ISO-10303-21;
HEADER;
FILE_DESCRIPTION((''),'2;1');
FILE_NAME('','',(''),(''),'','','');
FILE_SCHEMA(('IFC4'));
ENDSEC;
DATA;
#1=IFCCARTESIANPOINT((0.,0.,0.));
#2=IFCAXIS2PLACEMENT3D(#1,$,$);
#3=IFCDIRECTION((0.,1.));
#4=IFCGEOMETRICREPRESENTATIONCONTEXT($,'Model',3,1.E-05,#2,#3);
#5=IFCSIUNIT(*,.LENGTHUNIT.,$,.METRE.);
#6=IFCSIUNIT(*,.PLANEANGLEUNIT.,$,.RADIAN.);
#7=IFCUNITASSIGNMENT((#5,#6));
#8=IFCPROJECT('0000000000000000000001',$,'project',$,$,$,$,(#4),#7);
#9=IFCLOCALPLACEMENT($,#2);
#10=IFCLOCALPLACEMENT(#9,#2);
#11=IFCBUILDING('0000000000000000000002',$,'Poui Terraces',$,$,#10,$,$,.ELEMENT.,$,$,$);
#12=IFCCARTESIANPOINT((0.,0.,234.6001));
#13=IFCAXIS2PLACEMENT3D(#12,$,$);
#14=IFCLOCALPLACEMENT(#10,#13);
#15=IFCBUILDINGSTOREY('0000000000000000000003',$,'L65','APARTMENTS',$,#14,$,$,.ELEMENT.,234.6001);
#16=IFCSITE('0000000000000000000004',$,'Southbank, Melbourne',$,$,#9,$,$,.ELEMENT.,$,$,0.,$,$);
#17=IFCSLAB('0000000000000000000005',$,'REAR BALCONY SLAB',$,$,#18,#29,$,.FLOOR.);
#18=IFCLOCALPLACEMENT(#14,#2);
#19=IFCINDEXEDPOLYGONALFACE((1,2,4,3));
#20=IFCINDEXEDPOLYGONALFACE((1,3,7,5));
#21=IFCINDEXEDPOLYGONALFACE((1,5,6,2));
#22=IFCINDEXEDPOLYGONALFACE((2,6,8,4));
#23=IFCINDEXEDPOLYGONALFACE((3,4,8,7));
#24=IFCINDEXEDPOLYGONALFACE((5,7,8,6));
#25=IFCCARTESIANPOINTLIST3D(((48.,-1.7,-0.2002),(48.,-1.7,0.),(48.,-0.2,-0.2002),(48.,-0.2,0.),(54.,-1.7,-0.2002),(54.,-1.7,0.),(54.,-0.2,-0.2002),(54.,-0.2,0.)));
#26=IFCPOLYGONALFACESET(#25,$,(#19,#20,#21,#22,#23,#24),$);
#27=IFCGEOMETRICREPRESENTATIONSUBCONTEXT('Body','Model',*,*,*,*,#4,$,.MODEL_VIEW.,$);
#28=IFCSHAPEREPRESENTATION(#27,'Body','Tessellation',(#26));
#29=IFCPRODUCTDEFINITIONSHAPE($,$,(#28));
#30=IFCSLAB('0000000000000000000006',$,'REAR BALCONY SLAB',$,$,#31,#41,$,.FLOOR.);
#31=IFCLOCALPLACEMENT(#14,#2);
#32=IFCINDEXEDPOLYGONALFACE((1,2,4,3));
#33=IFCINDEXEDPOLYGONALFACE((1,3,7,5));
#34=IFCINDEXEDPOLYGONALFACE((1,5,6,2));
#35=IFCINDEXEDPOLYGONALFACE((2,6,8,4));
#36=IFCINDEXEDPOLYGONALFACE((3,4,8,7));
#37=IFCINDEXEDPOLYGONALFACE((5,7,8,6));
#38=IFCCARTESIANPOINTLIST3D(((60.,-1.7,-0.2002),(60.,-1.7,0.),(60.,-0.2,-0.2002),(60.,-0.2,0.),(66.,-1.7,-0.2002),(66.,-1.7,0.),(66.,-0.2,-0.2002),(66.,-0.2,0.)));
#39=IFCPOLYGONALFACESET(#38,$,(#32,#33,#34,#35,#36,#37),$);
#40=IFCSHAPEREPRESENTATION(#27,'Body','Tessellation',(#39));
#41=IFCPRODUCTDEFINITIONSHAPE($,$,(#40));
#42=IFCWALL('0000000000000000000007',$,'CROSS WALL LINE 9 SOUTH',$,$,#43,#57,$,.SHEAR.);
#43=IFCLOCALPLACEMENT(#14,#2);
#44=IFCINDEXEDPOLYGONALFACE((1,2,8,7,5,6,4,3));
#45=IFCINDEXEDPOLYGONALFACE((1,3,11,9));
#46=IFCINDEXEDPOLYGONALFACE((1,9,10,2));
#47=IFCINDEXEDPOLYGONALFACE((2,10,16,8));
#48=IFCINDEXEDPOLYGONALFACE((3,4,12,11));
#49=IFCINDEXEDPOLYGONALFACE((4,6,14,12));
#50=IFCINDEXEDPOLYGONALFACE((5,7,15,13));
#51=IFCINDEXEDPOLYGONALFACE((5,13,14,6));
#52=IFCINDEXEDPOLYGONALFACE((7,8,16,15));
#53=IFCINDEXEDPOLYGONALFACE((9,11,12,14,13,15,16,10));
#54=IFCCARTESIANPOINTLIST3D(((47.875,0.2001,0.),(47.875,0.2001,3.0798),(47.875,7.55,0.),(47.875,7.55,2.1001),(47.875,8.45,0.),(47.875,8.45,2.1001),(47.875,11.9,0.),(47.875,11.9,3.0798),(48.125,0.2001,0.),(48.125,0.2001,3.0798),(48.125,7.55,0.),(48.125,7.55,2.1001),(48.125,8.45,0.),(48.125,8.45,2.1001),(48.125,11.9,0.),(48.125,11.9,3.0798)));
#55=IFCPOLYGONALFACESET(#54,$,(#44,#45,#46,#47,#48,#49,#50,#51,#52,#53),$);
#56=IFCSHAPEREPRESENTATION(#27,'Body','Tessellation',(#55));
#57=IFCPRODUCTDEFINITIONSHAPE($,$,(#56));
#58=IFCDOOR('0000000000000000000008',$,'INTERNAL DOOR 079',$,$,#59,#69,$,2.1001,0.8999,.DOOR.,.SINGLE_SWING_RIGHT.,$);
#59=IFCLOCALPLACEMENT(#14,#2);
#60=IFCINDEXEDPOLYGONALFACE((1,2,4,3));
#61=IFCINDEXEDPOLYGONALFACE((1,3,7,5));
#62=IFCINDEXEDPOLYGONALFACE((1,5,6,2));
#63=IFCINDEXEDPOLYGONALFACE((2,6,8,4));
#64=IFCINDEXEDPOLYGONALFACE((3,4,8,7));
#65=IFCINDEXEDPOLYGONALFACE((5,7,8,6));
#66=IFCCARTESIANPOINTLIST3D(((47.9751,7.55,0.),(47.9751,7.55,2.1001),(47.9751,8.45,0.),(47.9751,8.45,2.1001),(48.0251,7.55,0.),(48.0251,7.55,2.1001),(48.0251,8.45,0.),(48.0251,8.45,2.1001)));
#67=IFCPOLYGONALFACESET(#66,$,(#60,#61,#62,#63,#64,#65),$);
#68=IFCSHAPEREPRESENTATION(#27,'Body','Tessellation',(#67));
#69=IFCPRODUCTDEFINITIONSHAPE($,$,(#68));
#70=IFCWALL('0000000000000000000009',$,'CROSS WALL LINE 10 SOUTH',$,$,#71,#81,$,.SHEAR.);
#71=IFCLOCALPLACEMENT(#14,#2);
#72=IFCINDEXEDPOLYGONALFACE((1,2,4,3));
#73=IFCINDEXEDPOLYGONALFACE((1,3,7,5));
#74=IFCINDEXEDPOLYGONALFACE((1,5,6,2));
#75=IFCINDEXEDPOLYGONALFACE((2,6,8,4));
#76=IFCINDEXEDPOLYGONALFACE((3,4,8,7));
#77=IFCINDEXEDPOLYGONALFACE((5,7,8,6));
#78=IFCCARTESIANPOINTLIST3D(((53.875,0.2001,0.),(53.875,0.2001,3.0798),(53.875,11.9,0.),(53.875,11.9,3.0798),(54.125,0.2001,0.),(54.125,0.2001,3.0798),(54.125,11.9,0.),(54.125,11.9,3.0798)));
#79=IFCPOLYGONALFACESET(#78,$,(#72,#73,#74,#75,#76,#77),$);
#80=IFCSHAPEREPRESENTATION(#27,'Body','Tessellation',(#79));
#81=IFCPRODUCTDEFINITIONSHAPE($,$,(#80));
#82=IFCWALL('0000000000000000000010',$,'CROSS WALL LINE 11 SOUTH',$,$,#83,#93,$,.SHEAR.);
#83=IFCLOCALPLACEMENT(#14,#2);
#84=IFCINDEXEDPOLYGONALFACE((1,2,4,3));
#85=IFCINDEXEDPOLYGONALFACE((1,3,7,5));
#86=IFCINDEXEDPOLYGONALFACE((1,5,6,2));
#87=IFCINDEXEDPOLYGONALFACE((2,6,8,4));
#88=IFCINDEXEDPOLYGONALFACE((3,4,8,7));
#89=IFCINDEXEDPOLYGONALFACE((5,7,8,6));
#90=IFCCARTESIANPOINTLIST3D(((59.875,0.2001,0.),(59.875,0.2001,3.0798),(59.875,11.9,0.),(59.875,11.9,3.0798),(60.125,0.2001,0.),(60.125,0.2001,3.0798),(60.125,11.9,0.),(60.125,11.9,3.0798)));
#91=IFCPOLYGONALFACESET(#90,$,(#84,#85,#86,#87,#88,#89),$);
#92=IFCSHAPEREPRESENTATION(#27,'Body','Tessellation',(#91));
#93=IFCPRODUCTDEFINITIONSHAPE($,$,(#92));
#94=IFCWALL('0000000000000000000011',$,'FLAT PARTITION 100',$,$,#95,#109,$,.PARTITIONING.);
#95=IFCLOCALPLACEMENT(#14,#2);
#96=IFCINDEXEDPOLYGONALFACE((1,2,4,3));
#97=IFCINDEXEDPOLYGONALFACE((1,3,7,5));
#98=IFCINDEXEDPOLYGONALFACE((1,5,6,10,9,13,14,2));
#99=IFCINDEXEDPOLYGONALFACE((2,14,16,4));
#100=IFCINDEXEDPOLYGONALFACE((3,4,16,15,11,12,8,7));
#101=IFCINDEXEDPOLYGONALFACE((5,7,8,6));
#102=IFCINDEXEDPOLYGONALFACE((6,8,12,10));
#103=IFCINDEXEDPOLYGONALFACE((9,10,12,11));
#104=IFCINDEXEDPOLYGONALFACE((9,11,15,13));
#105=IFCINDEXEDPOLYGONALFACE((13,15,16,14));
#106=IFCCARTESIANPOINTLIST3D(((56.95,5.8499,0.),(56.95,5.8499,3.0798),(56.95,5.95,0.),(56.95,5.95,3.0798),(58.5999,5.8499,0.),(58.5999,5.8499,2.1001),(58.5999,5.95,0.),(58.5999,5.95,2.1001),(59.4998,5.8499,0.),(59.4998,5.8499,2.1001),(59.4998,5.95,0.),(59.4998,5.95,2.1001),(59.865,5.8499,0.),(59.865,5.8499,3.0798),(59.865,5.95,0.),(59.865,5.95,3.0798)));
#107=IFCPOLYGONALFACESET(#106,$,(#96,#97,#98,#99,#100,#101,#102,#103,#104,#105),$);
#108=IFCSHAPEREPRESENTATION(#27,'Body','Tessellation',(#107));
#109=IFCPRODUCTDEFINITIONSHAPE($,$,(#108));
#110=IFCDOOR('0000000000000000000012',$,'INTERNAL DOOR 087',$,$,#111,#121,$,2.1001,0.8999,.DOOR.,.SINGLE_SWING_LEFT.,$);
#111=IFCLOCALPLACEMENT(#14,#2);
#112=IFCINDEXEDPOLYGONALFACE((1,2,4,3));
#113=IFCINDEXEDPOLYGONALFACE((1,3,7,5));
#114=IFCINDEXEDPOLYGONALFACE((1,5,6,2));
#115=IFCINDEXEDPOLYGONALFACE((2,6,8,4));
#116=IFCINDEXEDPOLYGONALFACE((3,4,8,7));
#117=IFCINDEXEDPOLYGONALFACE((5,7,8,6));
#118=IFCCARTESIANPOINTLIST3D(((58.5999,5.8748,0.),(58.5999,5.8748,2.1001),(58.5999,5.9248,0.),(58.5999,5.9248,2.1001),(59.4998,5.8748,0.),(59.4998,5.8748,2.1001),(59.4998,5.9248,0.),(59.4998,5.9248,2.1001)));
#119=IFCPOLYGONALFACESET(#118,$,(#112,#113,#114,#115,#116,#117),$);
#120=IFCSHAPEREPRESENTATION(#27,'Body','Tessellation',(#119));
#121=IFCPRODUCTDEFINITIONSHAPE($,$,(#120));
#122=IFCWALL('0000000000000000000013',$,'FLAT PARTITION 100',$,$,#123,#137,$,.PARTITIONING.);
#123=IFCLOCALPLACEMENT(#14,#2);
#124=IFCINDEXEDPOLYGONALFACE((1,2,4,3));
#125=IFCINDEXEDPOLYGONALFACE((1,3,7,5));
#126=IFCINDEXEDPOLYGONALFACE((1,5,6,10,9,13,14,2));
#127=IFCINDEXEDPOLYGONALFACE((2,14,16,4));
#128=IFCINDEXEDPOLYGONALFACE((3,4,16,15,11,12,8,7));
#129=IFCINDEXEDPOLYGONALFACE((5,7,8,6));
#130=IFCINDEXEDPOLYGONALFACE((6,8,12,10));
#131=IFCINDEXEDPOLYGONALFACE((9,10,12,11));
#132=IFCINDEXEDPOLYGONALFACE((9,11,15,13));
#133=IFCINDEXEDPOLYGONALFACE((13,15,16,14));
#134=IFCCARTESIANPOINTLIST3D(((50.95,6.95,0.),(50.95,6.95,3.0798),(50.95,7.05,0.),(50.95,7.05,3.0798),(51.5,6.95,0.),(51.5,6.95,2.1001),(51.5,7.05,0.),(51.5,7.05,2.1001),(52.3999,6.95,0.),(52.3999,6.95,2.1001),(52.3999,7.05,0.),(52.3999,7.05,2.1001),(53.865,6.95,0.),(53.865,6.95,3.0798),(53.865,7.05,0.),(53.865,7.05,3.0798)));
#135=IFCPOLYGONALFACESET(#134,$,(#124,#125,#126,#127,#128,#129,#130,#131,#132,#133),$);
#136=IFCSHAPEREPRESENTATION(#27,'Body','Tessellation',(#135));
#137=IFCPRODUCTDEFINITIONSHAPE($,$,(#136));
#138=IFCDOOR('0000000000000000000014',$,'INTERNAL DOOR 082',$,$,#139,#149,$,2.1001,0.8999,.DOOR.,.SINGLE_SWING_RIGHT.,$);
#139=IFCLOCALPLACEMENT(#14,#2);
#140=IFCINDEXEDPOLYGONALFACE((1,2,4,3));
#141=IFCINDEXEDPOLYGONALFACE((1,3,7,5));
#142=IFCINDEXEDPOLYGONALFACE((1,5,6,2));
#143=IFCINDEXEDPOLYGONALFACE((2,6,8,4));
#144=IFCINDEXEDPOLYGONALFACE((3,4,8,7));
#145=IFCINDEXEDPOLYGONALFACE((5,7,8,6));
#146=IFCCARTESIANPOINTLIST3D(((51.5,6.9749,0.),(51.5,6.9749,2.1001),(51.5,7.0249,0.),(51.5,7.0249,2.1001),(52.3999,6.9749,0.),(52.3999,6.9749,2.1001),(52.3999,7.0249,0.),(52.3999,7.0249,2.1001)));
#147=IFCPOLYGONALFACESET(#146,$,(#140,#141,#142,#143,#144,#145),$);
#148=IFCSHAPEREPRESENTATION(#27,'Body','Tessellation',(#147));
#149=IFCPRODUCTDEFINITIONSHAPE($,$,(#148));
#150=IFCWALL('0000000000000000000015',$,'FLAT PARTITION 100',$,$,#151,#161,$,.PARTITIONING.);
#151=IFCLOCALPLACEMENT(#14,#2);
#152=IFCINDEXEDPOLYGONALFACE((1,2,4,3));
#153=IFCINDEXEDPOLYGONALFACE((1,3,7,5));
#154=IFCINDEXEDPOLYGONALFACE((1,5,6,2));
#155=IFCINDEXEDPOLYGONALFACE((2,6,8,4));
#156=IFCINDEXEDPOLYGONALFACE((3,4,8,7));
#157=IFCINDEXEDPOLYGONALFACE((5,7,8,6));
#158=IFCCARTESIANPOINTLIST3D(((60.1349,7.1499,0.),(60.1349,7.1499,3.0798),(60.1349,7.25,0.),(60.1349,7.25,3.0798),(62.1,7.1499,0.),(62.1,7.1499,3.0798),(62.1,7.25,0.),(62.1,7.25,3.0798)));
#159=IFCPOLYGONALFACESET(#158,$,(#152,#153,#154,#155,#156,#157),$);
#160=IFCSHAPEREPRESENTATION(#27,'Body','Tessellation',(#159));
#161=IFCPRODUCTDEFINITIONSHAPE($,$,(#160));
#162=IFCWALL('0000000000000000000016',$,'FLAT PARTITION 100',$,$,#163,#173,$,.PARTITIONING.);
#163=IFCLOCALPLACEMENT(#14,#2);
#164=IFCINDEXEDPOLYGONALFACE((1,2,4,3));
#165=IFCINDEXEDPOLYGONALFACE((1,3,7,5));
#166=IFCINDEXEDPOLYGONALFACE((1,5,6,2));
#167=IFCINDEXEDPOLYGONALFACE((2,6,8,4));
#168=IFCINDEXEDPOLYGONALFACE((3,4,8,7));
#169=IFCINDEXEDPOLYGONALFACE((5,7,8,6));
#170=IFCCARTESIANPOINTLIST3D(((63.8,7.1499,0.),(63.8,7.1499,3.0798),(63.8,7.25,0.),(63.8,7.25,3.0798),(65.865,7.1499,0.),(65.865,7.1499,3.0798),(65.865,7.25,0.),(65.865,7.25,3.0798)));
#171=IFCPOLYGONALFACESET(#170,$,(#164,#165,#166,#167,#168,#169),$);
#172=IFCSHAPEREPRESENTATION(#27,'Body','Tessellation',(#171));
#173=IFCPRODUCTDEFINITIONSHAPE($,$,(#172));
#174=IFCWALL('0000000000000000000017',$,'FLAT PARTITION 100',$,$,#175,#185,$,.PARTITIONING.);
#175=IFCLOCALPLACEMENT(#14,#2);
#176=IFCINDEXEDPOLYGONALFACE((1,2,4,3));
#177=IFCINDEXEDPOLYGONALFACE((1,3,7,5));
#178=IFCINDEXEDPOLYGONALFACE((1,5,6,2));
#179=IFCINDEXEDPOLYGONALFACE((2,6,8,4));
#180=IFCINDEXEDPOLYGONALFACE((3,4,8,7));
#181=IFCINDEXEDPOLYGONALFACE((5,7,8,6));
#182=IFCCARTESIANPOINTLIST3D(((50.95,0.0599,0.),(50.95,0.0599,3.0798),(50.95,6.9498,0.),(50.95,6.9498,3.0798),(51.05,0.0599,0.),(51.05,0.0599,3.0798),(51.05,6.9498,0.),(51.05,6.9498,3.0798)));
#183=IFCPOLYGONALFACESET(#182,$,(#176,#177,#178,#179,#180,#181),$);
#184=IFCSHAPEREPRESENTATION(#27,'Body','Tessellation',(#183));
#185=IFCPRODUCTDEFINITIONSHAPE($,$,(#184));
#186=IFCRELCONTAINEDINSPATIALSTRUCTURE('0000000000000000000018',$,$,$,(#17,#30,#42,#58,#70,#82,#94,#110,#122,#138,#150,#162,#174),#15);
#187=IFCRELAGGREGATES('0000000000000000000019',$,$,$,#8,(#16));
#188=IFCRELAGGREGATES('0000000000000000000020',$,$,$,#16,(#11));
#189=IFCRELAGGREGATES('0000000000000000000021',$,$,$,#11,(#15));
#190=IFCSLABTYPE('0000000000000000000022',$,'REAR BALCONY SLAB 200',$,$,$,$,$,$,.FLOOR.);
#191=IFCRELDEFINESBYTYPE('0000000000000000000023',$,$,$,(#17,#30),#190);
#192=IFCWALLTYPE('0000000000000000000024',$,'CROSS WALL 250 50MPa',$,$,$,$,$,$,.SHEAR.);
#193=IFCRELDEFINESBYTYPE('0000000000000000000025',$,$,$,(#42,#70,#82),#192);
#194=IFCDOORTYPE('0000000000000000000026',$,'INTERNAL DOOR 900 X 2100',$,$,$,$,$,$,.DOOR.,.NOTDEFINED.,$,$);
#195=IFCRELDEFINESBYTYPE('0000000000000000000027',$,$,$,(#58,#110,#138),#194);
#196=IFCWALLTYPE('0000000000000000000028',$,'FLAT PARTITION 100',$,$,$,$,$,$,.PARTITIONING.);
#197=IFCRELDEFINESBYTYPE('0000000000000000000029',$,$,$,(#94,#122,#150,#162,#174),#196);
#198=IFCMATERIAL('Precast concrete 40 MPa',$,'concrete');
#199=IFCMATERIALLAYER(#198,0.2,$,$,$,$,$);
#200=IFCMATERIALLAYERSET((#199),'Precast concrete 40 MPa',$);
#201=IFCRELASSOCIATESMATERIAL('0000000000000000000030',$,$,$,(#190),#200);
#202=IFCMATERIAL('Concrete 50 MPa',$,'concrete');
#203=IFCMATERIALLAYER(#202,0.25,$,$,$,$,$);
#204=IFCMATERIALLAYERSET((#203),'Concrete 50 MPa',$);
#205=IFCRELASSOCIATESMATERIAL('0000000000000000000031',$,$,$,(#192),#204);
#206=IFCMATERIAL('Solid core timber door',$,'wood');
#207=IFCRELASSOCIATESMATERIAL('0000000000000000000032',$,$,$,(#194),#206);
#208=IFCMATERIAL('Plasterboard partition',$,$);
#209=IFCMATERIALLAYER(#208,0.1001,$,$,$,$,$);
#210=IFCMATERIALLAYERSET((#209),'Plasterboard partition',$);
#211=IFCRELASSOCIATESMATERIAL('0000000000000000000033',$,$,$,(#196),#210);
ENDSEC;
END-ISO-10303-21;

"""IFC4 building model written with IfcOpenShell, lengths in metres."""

from ifc_helpers import new_model, si_unit, direction, frame, frame_2d, origin, place, context, subcontext, project, spatial, polyline, rectangle, outline, extrude, source, transform, mapped, material, layer, layer_set, type_object, element, fill, save


model = new_model("IFC4")

# Units and contexts
model_context = context("Model", 3, precision=1e-05, world=origin(), true_north=direction((0.0, 1.0)))
body_context = subcontext(model_context, "Body", "Model", "MODEL_VIEW")
ifc_project = project(units=[si_unit("LENGTHUNIT", "METRE"), si_unit("PLANEANGLEUNIT", "RADIAN")], contexts=[model_context])

# Site, building, storey
site_placement = place(None, origin())
site = spatial("IfcSite", under=ifc_project, at=site_placement, Name="Southbank, Melbourne", CompositionType="ELEMENT", RefElevation=0.0)
building_placement = place(site_placement, origin())
building = spatial("IfcBuilding", under=site, at=building_placement, Name="Poui Terraces", CompositionType="ELEMENT")
storey_placement = place(building_placement, frame((0.0, 0.0, 234.6001)))
storey = spatial("IfcBuildingStorey", under=building, at=storey_placement, Name="L65", Description="APARTMENTS", CompositionType="ELEMENT", Elevation=234.6001)

# Slabs
ifc_material_1 = material(Name="Precast concrete 40 MPa", Category="concrete")
ifc_layer_1 = layer(ifc_material_1, 0.2)
ifc_layer_set_1 = layer_set([ifc_layer_1], Name="Precast concrete 40 MPa")
slab_type = type_object("IfcSlabType", Name="REAR BALCONY SLAB 200", PredefinedType="FLOOR", material=ifc_layer_set_1)
shared_shape_1 = source(origin(), body_context, "Body", "SweptSolid", [
    extrude(outline(polyline([(0.0, 0.0), (6.0, 0.0), (6.0, 1.5), (0.0, 1.5), (0.0, 0.0)])), origin(), (0.0, 0.0, 1.0), 0.2002),
])
for number, where, name in (
    (1, (48.0, -1.7, -0.2002), "REAR BALCONY SLAB"),
    (2, (60.0, -1.7, -0.2002), "REAR BALCONY SLAB"),
):
    element("IfcSlab", number, at=place(storey_placement, frame(where)), inside=storey, type_object=slab_type, Name=name, PredefinedType="FLOOR", context=body_context, shape_type="MappedRepresentation", body=[
        mapped(shared_shape_1, transform((0.0, 0.0, 0.0))),
    ])

# Wall, opening, door
ifc_material_2 = material(Name="Concrete 50 MPa", Category="concrete")
ifc_layer_2 = layer(ifc_material_2, 0.25)
ifc_layer_set_2 = layer_set([ifc_layer_2], Name="Concrete 50 MPa")
wall_type_1 = type_object("IfcWallType", Name="CROSS WALL 250 50MPa", PredefinedType="SHEAR", material=ifc_layer_set_2)
wall_1_placement = place(storey_placement, frame((48.0, 0.2, 0.0), z_axis=(0.0, 0.0, 1.0), x_axis=(0.0, 1.0, 0.0)))
wall_1 = element("IfcWall", 3, at=wall_1_placement, inside=storey, type_object=wall_type_1, Name="CROSS WALL LINE 9 SOUTH", PredefinedType="SHEAR", context=body_context, shape_type="SweptSolid", body=[
    extrude(rectangle(XDim=11.7, YDim=0.25, at=frame_2d((5.8501, 0.0))), origin(), (0.0, 0.0, 1.0), 3.0798),
])
opening_1_placement = place(wall_1_placement, frame((7.3501, 0.0, 0.0)))
opening_1 = element("IfcOpeningElement", 4, at=opening_1_placement, cuts=wall_1, PredefinedType="OPENING", context=body_context, shape_type="SweptSolid", body=[
    extrude(rectangle(XDim=0.8999, YDim=2.1001, at=frame_2d((0.45, 1.05))), frame((0.0, 0.135, 0.0), z_axis=(0.0, -1.0, 0.0), x_axis=(1.0, 0.0, 0.0)), (0.0, 0.0, 1.0), 0.27),
])
ifc_material_3 = material(Name="Solid core timber door", Category="wood")
door_type_1 = type_object("IfcDoorType", Name="INTERNAL DOOR 900 X 2100", OperationType="NOTDEFINED", PredefinedType="DOOR", material=ifc_material_3)
door_1_placement = place(opening_1_placement, origin())
door_1 = element("IfcDoor", 5, at=door_1_placement, inside=storey, type_object=door_type_1, Name="INTERNAL DOOR 079", OperationType="SINGLE_SWING_RIGHT", OverallHeight=2.1001, OverallWidth=0.8999, PredefinedType="DOOR", context=body_context, shape_type="SweptSolid", body=[
    extrude(rectangle(XDim=0.8999, YDim=2.1001, at=frame_2d((0.45, 1.05))), frame((0.0, 0.0249, 0.0), z_axis=(0.0, -1.0, 0.0), x_axis=(1.0, 0.0, 0.0)), (0.0, 0.0, 1.0), 0.05),
])
fill(opening_1, door_1)

# Walls
for number, where, z_axis, x_axis, name in (
    (6, (54.0, 0.2, 0.0), (0.0, 0.0, 1.0), (0.0, 1.0, 0.0), "CROSS WALL LINE 10 SOUTH"),
    (7, (60.0, 0.2, 0.0), (0.0, 0.0, 1.0), (0.0, 1.0, 0.0), "CROSS WALL LINE 11 SOUTH"),
):
    element("IfcWall", number, at=place(storey_placement, frame(where, z_axis=z_axis, x_axis=x_axis)), inside=storey, type_object=wall_type_1, Name=name, PredefinedType="SHEAR", context=body_context, shape_type="SweptSolid", body=[
        extrude(rectangle(XDim=11.7, YDim=0.25, at=frame_2d((5.8501, 0.0))), origin(), (0.0, 0.0, 1.0), 3.0798),
    ])

# Walls, openings, doors
ifc_material_4 = material(Name="Plasterboard partition")
ifc_layer_3 = layer(ifc_material_4, 0.1001)
ifc_layer_set_3 = layer_set([ifc_layer_3], Name="Plasterboard partition")
wall_type_2 = type_object("IfcWallType", Name="FLAT PARTITION 100", PredefinedType="PARTITIONING", material=ifc_layer_set_3)
wall_2_placement = place(storey_placement, frame((56.95, 5.8999, 0.0), z_axis=(0.0, 0.0, 1.0), x_axis=(1.0, 0.0, 0.0)))
wall_2 = element("IfcWall", 8, at=wall_2_placement, inside=storey, type_object=wall_type_2, Name="FLAT PARTITION 100", PredefinedType="PARTITIONING", context=body_context, shape_type="SweptSolid", body=[
    extrude(rectangle(XDim=2.915, YDim=0.1001, at=frame_2d((1.4575, 0.0))), origin(), (0.0, 0.0, 1.0), 3.0798),
])
opening_2_placement = place(wall_2_placement, frame((1.6499, 0.0, 0.0)))
opening_2 = element("IfcOpeningElement", 9, at=opening_2_placement, cuts=wall_2, PredefinedType="OPENING", context=body_context, shape_type="SweptSolid", body=[
    extrude(rectangle(XDim=0.8999, YDim=2.1001, at=frame_2d((0.45, 1.05))), frame((0.0, 0.0601, 0.0), z_axis=(0.0, -1.0, 0.0), x_axis=(1.0, 0.0, 0.0)), (0.0, 0.0, 1.0), 0.1201),
])
door_2_placement = place(opening_2_placement, origin())
door_2 = element("IfcDoor", 10, at=door_2_placement, inside=storey, type_object=door_type_1, Name="INTERNAL DOOR 087", OperationType="SINGLE_SWING_LEFT", OverallHeight=2.1001, OverallWidth=0.8999, PredefinedType="DOOR", context=body_context, shape_type="SweptSolid", body=[
    extrude(rectangle(XDim=0.8999, YDim=2.1001, at=frame_2d((0.45, 1.05))), frame((0.0, 0.0249, 0.0), z_axis=(0.0, -1.0, 0.0), x_axis=(1.0, 0.0, 0.0)), (0.0, 0.0, 1.0), 0.05),
])
fill(opening_2, door_2)
wall_3_placement = place(storey_placement, frame((50.95, 7.0, 0.0), z_axis=(0.0, 0.0, 1.0), x_axis=(1.0, 0.0, 0.0)))
wall_3 = element("IfcWall", 11, at=wall_3_placement, inside=storey, type_object=wall_type_2, Name="FLAT PARTITION 100", PredefinedType="PARTITIONING", context=body_context, shape_type="SweptSolid", body=[
    extrude(rectangle(XDim=2.915, YDim=0.1001, at=frame_2d((1.4575, 0.0))), origin(), (0.0, 0.0, 1.0), 3.0798),
])
opening_3_placement = place(wall_3_placement, frame((0.55, 0.0, 0.0)))
opening_3 = element("IfcOpeningElement", 12, at=opening_3_placement, cuts=wall_3, PredefinedType="OPENING", context=body_context, shape_type="SweptSolid", body=[
    extrude(rectangle(XDim=0.8999, YDim=2.1001, at=frame_2d((0.45, 1.05))), frame((0.0, 0.0601, 0.0), z_axis=(0.0, -1.0, 0.0), x_axis=(1.0, 0.0, 0.0)), (0.0, 0.0, 1.0), 0.1201),
])
door_3_placement = place(opening_3_placement, origin())
door_3 = element("IfcDoor", 13, at=door_3_placement, inside=storey, type_object=door_type_1, Name="INTERNAL DOOR 082", OperationType="SINGLE_SWING_RIGHT", OverallHeight=2.1001, OverallWidth=0.8999, PredefinedType="DOOR", context=body_context, shape_type="SweptSolid", body=[
    extrude(rectangle(XDim=0.8999, YDim=2.1001, at=frame_2d((0.45, 1.05))), frame((0.0, 0.0249, 0.0), z_axis=(0.0, -1.0, 0.0), x_axis=(1.0, 0.0, 0.0)), (0.0, 0.0, 1.0), 0.05),
])
fill(opening_3, door_3)

# Walls
wall_4_placement = place(storey_placement, frame((60.135, 7.2, 0.0), z_axis=(0.0, 0.0, 1.0), x_axis=(1.0, 0.0, 0.0)))
element("IfcWall", 14, at=wall_4_placement, inside=storey, type_object=wall_type_2, Name="FLAT PARTITION 100", PredefinedType="PARTITIONING", context=body_context, shape_type="SweptSolid", body=[
    extrude(rectangle(XDim=1.9651, YDim=0.1001, at=frame_2d((0.9824, 0.0))), origin(), (0.0, 0.0, 1.0), 3.0798),
])
wall_5_placement = place(storey_placement, frame((63.8, 7.2, 0.0), z_axis=(0.0, 0.0, 1.0), x_axis=(1.0, 0.0, 0.0)))
element("IfcWall", 15, at=wall_5_placement, inside=storey, type_object=wall_type_2, Name="FLAT PARTITION 100", PredefinedType="PARTITIONING", context=body_context, shape_type="SweptSolid", body=[
    extrude(rectangle(XDim=2.0649, YDim=0.1001, at=frame_2d((1.0325, 0.0))), origin(), (0.0, 0.0, 1.0), 3.0798),
])
wall_6_placement = place(storey_placement, frame((51.0, 0.0601, 0.0), z_axis=(0.0, 0.0, 1.0), x_axis=(0.0, 1.0, 0.0)))
element("IfcWall", 16, at=wall_6_placement, inside=storey, type_object=wall_type_2, Name="FLAT PARTITION 100", PredefinedType="PARTITIONING", context=body_context, shape_type="SweptSolid", body=[
    extrude(rectangle(XDim=6.8899, YDim=0.1001, at=frame_2d((3.4448, 0.0))), origin(), (0.0, 0.0, 1.0), 3.0798),
])

save(model, "model.ifc")
